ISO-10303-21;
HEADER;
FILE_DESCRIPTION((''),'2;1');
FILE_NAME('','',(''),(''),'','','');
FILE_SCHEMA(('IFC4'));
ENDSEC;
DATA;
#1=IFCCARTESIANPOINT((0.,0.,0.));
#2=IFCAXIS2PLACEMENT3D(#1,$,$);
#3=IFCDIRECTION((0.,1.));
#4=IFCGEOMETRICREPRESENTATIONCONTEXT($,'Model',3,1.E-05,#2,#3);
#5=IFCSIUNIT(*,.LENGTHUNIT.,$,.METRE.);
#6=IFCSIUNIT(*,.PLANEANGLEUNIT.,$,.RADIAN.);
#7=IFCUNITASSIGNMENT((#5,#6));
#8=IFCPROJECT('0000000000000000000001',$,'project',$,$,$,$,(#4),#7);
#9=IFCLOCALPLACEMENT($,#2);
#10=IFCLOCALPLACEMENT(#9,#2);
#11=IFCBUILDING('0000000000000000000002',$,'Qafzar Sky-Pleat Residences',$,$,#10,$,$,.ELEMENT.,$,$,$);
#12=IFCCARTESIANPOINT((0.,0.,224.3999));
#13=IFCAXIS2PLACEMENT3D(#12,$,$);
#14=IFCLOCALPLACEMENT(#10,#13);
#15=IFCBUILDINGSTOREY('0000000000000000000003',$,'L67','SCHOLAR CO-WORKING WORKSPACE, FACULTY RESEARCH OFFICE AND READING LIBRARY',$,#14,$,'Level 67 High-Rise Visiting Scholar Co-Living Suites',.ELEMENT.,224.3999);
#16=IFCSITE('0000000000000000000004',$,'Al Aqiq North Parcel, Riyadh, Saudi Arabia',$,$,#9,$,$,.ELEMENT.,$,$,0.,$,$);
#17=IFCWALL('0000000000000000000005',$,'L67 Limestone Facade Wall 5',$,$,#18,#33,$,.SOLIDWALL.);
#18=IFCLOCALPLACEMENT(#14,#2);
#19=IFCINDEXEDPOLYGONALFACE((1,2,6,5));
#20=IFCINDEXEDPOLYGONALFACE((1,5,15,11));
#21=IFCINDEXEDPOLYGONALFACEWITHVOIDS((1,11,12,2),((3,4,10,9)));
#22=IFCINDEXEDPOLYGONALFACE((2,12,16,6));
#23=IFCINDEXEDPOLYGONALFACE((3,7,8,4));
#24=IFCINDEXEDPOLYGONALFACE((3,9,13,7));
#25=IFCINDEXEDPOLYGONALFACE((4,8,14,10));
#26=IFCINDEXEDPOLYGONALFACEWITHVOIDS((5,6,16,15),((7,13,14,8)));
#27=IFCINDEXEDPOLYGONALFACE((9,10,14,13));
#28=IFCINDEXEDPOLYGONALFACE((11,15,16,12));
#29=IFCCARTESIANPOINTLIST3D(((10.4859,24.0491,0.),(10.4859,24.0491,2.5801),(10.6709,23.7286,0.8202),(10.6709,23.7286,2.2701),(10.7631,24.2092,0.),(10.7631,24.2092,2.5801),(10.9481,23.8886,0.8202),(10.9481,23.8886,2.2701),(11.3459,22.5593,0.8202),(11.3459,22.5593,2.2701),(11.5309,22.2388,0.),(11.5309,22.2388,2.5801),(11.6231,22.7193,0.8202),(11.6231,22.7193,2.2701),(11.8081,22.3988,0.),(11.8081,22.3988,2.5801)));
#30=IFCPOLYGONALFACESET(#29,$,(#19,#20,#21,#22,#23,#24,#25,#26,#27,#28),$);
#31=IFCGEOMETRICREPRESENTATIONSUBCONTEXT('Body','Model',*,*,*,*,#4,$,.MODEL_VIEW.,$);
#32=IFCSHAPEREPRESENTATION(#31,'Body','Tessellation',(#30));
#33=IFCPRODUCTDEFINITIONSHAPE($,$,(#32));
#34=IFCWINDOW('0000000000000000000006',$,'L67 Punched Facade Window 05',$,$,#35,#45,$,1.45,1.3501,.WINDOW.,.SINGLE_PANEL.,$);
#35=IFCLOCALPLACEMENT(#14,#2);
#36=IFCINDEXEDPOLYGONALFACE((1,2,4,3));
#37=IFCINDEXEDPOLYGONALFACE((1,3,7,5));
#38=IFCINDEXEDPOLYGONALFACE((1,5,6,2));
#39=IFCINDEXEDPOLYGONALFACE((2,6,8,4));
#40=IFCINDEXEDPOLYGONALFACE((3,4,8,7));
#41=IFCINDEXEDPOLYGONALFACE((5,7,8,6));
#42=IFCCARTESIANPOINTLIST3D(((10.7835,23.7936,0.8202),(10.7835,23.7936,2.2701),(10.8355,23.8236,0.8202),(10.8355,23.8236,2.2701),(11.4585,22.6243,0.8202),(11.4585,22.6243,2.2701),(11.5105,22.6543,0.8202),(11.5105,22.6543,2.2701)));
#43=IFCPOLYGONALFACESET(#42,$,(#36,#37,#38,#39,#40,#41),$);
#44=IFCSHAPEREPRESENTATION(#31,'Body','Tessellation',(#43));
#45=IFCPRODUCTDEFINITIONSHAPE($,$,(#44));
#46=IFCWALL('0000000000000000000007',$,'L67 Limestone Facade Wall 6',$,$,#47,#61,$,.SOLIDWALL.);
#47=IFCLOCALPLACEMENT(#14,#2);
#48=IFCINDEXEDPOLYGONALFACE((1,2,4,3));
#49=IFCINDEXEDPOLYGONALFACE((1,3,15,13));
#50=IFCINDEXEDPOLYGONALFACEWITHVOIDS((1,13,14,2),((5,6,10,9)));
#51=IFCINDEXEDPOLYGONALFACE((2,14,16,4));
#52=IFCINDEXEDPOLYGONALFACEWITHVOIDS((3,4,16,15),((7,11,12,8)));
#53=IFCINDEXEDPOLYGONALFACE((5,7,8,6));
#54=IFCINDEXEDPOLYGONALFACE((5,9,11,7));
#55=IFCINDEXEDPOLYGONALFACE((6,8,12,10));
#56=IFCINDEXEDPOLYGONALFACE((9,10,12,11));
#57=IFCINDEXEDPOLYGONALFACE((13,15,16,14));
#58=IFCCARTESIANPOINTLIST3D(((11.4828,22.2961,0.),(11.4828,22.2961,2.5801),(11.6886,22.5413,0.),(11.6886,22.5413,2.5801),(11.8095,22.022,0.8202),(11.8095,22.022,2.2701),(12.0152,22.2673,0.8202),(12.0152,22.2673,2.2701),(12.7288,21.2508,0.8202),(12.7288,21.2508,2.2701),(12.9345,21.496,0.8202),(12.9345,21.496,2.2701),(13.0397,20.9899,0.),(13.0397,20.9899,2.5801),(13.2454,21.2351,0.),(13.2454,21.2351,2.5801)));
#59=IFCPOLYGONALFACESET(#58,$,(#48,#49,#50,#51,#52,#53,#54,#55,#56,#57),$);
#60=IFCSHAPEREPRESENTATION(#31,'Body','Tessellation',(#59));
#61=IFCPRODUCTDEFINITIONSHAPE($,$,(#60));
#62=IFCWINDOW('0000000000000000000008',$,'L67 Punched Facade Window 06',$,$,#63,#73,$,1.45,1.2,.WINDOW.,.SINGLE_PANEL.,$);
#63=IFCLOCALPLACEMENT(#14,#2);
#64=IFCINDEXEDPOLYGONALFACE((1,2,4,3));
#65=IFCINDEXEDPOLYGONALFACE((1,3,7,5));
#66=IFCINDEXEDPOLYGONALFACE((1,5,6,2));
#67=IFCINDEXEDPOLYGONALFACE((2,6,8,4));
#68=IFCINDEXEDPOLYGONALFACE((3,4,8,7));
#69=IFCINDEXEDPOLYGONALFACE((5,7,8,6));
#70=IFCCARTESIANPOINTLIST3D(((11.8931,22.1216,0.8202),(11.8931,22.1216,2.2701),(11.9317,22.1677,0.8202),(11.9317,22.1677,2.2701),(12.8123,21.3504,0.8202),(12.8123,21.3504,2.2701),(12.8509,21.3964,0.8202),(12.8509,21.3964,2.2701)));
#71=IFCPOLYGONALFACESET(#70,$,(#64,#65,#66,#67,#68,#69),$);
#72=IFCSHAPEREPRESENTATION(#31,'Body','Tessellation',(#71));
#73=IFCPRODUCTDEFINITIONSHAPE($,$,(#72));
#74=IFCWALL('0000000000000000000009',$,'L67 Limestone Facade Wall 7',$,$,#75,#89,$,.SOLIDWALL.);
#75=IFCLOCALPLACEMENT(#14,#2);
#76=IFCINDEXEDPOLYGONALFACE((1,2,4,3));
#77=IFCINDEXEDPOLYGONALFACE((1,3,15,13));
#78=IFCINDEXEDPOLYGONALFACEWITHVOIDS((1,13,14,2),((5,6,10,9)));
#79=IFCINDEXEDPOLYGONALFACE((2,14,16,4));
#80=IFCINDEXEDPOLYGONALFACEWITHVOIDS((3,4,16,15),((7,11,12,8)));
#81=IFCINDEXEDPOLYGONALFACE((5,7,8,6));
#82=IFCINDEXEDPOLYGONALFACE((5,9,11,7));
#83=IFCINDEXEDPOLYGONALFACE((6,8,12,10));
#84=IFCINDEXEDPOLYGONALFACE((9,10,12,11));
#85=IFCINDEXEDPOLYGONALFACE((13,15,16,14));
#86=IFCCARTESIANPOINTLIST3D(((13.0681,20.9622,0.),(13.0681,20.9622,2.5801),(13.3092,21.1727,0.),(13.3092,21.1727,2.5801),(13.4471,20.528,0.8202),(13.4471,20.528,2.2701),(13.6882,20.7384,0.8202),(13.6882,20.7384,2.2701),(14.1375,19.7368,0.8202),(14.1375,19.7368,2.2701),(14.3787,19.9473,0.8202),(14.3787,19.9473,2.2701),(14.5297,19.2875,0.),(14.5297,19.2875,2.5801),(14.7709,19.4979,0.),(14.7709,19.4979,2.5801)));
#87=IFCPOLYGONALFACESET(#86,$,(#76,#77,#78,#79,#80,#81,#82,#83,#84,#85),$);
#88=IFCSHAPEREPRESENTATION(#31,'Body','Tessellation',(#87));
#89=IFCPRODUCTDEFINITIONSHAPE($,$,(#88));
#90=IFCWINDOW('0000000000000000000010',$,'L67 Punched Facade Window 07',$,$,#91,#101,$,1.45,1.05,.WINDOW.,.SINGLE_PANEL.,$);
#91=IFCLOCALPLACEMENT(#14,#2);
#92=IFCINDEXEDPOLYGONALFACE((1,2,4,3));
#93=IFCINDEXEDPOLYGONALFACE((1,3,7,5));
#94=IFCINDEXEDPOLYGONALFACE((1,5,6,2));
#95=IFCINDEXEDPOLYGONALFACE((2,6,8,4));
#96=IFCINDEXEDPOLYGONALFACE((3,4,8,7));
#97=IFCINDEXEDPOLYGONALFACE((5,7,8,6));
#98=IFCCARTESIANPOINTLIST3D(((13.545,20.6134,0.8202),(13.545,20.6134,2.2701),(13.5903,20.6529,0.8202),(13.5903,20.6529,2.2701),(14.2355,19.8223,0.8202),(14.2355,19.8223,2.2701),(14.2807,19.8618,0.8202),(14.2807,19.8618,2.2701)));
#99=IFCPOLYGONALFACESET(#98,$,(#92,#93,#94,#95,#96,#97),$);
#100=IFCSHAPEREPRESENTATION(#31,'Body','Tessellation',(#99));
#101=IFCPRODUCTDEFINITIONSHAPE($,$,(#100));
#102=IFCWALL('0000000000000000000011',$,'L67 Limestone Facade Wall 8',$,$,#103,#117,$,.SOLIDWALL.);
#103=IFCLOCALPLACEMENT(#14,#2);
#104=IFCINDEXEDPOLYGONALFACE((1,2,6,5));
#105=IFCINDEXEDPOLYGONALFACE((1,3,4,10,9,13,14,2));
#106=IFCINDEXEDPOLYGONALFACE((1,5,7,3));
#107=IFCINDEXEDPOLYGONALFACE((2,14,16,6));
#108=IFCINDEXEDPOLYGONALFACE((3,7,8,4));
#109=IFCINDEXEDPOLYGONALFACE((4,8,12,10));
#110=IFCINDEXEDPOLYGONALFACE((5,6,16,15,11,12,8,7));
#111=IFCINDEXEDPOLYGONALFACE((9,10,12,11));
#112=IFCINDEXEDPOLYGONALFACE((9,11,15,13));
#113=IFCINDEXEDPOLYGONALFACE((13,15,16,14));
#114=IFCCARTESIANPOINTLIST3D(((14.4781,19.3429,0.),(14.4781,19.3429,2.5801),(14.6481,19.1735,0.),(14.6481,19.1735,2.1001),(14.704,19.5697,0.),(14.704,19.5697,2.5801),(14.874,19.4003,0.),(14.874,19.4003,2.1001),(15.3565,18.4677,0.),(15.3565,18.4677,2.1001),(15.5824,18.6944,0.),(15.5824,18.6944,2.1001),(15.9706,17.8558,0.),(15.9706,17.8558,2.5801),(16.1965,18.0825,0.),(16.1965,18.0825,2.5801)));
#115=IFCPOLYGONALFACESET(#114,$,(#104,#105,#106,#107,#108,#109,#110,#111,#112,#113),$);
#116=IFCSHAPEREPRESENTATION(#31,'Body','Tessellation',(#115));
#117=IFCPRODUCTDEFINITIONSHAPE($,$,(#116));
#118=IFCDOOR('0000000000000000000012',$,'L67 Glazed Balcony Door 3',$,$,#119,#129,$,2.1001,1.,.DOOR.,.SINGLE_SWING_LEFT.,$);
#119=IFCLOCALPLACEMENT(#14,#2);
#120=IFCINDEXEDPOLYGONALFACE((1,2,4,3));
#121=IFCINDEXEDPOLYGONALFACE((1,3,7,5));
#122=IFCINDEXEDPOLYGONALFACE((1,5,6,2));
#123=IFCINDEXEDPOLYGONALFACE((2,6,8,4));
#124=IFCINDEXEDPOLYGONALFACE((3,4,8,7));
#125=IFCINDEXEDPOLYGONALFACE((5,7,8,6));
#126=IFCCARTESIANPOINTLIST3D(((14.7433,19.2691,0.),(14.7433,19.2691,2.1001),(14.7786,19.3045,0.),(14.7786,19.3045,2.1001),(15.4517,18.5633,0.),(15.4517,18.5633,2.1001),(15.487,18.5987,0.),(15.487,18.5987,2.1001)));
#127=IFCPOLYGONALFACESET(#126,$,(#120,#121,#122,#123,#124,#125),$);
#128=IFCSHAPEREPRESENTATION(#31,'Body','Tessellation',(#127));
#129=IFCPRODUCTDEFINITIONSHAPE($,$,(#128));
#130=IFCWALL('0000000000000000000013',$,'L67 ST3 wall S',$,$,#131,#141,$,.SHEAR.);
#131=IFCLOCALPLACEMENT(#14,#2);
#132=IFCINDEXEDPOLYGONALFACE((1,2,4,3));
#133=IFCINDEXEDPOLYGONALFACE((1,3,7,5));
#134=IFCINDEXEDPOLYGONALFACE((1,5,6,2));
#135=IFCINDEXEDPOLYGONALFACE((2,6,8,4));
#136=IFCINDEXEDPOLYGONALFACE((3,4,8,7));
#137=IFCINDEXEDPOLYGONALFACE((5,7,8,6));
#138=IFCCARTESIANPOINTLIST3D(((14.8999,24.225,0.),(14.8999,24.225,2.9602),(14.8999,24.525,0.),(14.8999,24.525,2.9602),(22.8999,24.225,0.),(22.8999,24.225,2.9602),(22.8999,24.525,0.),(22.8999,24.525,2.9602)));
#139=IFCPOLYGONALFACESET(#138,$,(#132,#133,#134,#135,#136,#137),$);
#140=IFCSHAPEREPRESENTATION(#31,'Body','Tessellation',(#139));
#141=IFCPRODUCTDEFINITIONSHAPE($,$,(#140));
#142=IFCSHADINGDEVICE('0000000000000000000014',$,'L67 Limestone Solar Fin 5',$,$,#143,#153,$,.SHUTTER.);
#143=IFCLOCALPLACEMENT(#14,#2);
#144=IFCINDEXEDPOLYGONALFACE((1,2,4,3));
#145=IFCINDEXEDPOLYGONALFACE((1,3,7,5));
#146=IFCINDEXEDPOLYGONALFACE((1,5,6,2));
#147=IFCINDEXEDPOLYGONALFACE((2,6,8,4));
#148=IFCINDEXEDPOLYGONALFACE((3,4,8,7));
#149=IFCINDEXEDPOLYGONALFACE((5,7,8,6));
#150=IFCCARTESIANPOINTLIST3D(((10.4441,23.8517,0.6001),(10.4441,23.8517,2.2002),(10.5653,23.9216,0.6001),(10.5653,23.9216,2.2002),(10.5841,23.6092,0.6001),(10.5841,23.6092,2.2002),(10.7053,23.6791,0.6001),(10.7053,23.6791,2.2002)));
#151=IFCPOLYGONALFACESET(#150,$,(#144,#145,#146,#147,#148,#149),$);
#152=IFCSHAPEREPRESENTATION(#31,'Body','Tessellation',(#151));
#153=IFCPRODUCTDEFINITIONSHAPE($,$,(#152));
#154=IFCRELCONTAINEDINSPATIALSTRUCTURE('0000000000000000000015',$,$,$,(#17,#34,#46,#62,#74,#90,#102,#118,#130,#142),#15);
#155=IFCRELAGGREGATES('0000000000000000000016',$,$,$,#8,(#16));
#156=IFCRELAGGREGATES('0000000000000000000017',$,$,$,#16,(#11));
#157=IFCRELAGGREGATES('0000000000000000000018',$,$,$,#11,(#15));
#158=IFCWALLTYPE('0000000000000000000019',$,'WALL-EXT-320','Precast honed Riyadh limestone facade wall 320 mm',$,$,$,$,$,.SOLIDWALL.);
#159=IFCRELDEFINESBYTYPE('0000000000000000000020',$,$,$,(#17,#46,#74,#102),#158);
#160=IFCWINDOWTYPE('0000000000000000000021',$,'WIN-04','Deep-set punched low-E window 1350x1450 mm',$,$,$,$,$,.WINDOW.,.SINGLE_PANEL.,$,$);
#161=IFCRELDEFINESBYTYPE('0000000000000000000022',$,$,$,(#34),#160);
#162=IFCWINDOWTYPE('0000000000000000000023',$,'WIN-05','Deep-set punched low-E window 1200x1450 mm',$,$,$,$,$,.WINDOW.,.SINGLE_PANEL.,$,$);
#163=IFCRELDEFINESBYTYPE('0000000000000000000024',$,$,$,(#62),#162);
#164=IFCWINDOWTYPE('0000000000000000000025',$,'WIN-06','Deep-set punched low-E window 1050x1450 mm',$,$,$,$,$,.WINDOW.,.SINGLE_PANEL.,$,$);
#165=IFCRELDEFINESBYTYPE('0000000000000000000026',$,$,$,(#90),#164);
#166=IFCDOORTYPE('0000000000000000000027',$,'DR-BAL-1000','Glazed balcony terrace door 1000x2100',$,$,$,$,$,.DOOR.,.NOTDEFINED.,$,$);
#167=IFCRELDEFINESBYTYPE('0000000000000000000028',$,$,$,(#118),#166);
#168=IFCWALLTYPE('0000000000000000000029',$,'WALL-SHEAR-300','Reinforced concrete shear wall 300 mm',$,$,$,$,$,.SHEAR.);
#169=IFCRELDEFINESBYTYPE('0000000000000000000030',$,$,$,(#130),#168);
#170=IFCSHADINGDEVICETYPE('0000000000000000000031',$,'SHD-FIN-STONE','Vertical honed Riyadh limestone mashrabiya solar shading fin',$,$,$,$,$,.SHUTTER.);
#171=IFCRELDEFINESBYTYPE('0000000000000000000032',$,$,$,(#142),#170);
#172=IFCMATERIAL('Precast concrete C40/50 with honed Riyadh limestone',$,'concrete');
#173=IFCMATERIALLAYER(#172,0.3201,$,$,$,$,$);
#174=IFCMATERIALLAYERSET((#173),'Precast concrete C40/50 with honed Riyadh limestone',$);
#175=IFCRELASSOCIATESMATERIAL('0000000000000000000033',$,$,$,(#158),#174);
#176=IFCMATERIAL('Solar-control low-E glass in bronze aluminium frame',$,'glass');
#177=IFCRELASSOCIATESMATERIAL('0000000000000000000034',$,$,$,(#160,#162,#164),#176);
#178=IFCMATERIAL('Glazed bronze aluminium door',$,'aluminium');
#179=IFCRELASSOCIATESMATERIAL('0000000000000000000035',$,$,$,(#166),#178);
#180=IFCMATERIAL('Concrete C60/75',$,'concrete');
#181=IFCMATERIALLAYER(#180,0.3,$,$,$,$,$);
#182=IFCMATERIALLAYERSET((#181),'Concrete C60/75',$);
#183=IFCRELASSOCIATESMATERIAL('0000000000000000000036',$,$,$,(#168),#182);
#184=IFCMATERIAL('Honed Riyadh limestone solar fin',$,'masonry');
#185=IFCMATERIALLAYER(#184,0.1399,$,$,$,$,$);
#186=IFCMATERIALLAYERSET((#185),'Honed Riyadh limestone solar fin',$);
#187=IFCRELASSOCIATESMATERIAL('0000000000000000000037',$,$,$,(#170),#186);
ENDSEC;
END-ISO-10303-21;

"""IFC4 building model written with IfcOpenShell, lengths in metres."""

from ifc_helpers import new_model, si_unit, direction, frame, frame_2d, origin, origin_2d, place, context, subcontext, project, spatial, rectangle, extrude, source, transform, mapped, material, layer, layer_set, type_object, element, fill, save


model = new_model("IFC4")

# Units and contexts
model_context = context("Model", 3, precision=1e-05, world=origin(), true_north=direction((0.0, 1.0)))
body_context = subcontext(model_context, "Body", "Model", "MODEL_VIEW")
ifc_project = project(units=[si_unit("LENGTHUNIT", "METRE"), si_unit("PLANEANGLEUNIT", "RADIAN")], contexts=[model_context])

# Site, building, storey
site_placement = place(None, origin())
site = spatial("IfcSite", under=ifc_project, at=site_placement, Name="Al Aqiq North Parcel, Riyadh, Saudi Arabia", CompositionType="ELEMENT", RefElevation=0.0)
building_placement = place(site_placement, origin())
building = spatial("IfcBuilding", under=site, at=building_placement, Name="Qafzar Sky-Pleat Residences", CompositionType="ELEMENT")
storey_placement = place(building_placement, frame((0.0, 0.0, 224.3999)))
storey = spatial("IfcBuildingStorey", under=building, at=storey_placement, Name="L67", Description="SCHOLAR CO-WORKING WORKSPACE, FACULTY RESEARCH OFFICE AND READING LIBRARY", LongName="Level 67 High-Rise Visiting Scholar Co-Living Suites", CompositionType="ELEMENT", Elevation=224.3999)

# Walls, openings, windows
ifc_material_1 = material(Name="Precast concrete C40/50 with honed Riyadh limestone", Category="concrete")
ifc_layer_1 = layer(ifc_material_1, 0.3201)
ifc_layer_set_1 = layer_set([ifc_layer_1], Name="Precast concrete C40/50 with honed Riyadh limestone")
wall_type_1 = type_object("IfcWallType", Name="WALL-EXT-320", Description="Precast honed Riyadh limestone facade wall 320 mm", PredefinedType="SOLIDWALL", material=ifc_layer_set_1)
wall_1_placement = place(storey_placement, frame((10.6245, 24.1292, 0.0), z_axis=(0.0, 0.0, 1.0), x_axis=(0.499908, -0.866079, 0.0)))
wall_1 = element("IfcWall", 1, at=wall_1_placement, inside=storey, type_object=wall_type_1, Name="L67 Limestone Facade Wall 5", PredefinedType="SOLIDWALL", context=body_context, shape_type="SweptSolid", body=[
    extrude(rectangle(XDim=2.0903, YDim=0.3201, at=frame_2d((1.0452, 0.0))), origin(), (0.0, 0.0, 1.0), 2.5801),
])
opening_1_placement = place(wall_1_placement, frame((0.3701, 0.0, 0.8201)))
opening_1 = element("IfcOpeningElement", 2, at=opening_1_placement, cuts=wall_1, PredefinedType="OPENING", context=body_context, shape_type="SweptSolid", body=[
    extrude(rectangle(XDim=1.3501, YDim=1.45, at=frame_2d((0.675, 0.7251))), frame((0.0, 0.1699, 0.0), z_axis=(0.0, -1.0, 0.0), x_axis=(1.0, 0.0, 0.0)), (0.0, 0.0, 1.0), 0.3401),
])
ifc_material_2 = material(Name="Solar-control low-E glass in bronze aluminium frame", Category="glass")
window_type_1 = type_object("IfcWindowType", Name="WIN-04", Description="Deep-set punched low-E window 1350x1450 mm", PartitioningType="SINGLE_PANEL", PredefinedType="WINDOW", material=ifc_material_2)
shared_shape_1 = source(origin(), body_context, "Body", "SweptSolid", [
    extrude(rectangle(XDim=1.3501, YDim=1.45, at=frame_2d((0.675, 0.7251))), frame((0.0, 0.03, 0.0), z_axis=(0.0, -1.0, 0.0), x_axis=(1.0, 0.0, 0.0)), (0.0, 0.0, 1.0), 0.0601),
])
window_1_placement = place(opening_1_placement, origin())
window_1 = element("IfcWindow", 3, at=window_1_placement, inside=storey, type_object=window_type_1, Name="L67 Punched Facade Window 05", OverallHeight=1.45, OverallWidth=1.3501, PartitioningType="SINGLE_PANEL", PredefinedType="WINDOW", context=body_context, shape_type="MappedRepresentation", body=[
    mapped(shared_shape_1, transform((0.0, 0.0, 0.0), x_axis=(1.0, 0.0, 0.0), y_axis=(0.0, 1.0, 0.0), z_axis=(0.0, 0.0, 1.0), scale=1.0)),
])
fill(opening_1, window_1)
wall_2_placement = place(storey_placement, frame((11.5857, 22.4187, 0.0), z_axis=(0.0, 0.0, 1.0), x_axis=(0.7661, -0.642721, 0.0)))
wall_2 = element("IfcWall", 4, at=wall_2_placement, inside=storey, type_object=wall_type_1, Name="L67 Limestone Facade Wall 6", PredefinedType="SOLIDWALL", context=body_context, shape_type="SweptSolid", body=[
    extrude(rectangle(XDim=2.0322, YDim=0.3201, at=frame_2d((1.0161, 0.0))), origin(), (0.0, 0.0, 1.0), 2.5801),
])
opening_2_placement = place(wall_2_placement, frame((0.4263, 0.0, 0.8201)))
opening_2 = element("IfcOpeningElement", 5, at=opening_2_placement, cuts=wall_2, PredefinedType="OPENING", context=body_context, shape_type="SweptSolid", body=[
    extrude(rectangle(XDim=1.2, YDim=1.45, at=frame_2d((0.6001, 0.7251))), frame((0.0, 0.1699, 0.0), z_axis=(0.0, -1.0, 0.0), x_axis=(1.0, 0.0, 0.0)), (0.0, 0.0, 1.0), 0.3401),
])
window_type_2 = type_object("IfcWindowType", Name="WIN-05", Description="Deep-set punched low-E window 1200x1450 mm", PartitioningType="SINGLE_PANEL", PredefinedType="WINDOW", material=ifc_material_2)
shared_shape_2 = source(origin(), body_context, "Body", "SweptSolid", [
    extrude(rectangle(XDim=1.2, YDim=1.45, at=frame_2d((0.6001, 0.7251))), frame((0.0, 0.03, 0.0), z_axis=(0.0, -1.0, 0.0), x_axis=(1.0, 0.0, 0.0)), (0.0, 0.0, 1.0), 0.0601),
])
window_2_placement = place(opening_2_placement, origin())
window_2 = element("IfcWindow", 6, at=window_2_placement, inside=storey, type_object=window_type_2, Name="L67 Punched Facade Window 06", OverallHeight=1.45, OverallWidth=1.2, PartitioningType="SINGLE_PANEL", PredefinedType="WINDOW", context=body_context, shape_type="MappedRepresentation", body=[
    mapped(shared_shape_2, transform((0.0, 0.0, 0.0), x_axis=(1.0, 0.0, 0.0), y_axis=(0.0, 1.0, 0.0), z_axis=(0.0, 0.0, 1.0), scale=1.0)),
])
fill(opening_2, window_2)
wall_3_placement = place(storey_placement, frame((13.1887, 21.0674, 0.0), z_axis=(0.0, 0.0, 1.0), x_axis=(0.65754, -0.75342, 0.0)))
wall_3 = element("IfcWall", 7, at=wall_3_placement, inside=storey, type_object=wall_type_1, Name="L67 Limestone Facade Wall 7", PredefinedType="SOLIDWALL", context=body_context, shape_type="SweptSolid", body=[
    extrude(rectangle(XDim=2.2229, YDim=0.3201, at=frame_2d((1.1113, 0.0))), origin(), (0.0, 0.0, 1.0), 2.5801),
])
opening_3_placement = place(wall_3_placement, frame((0.5764, 0.0, 0.8201)))
opening_3 = element("IfcOpeningElement", 8, at=opening_3_placement, cuts=wall_3, PredefinedType="OPENING", context=body_context, shape_type="SweptSolid", body=[
    extrude(rectangle(XDim=1.05, YDim=1.45, at=frame_2d((0.5249, 0.7251))), frame((0.0, 0.1699, 0.0), z_axis=(0.0, -1.0, 0.0), x_axis=(1.0, 0.0, 0.0)), (0.0, 0.0, 1.0), 0.3401),
])
window_type_3 = type_object("IfcWindowType", Name="WIN-06", Description="Deep-set punched low-E window 1050x1450 mm", PartitioningType="SINGLE_PANEL", PredefinedType="WINDOW", material=ifc_material_2)
shared_shape_3 = source(origin(), body_context, "Body", "SweptSolid", [
    extrude(rectangle(XDim=1.05, YDim=1.45, at=frame_2d((0.5249, 0.7251))), frame((0.0, 0.03, 0.0), z_axis=(0.0, -1.0, 0.0), x_axis=(1.0, 0.0, 0.0)), (0.0, 0.0, 1.0), 0.0601),
])
window_3_placement = place(opening_3_placement, origin())
window_3 = element("IfcWindow", 9, at=window_3_placement, inside=storey, type_object=window_type_3, Name="L67 Punched Facade Window 07", OverallHeight=1.45, OverallWidth=1.05, PartitioningType="SINGLE_PANEL", PredefinedType="WINDOW", context=body_context, shape_type="MappedRepresentation", body=[
    mapped(shared_shape_3, transform((0.0, 0.0, 0.0), x_axis=(1.0, 0.0, 0.0), y_axis=(0.0, 1.0, 0.0), z_axis=(0.0, 0.0, 1.0), scale=1.0)),
])
fill(opening_3, window_3)

# Wall, opening, door
wall_4_placement = place(storey_placement, frame((14.5911, 19.4563, 0.0), z_axis=(0.0, 0.0, 1.0), x_axis=(0.70838, -0.705831, 0.0)))
wall_4 = element("IfcWall", 10, at=wall_4_placement, inside=storey, type_object=wall_type_1, Name="L67 Limestone Facade Wall 8", PredefinedType="SOLIDWALL", context=body_context, shape_type="SweptSolid", body=[
    extrude(rectangle(XDim=2.1069, YDim=0.3201, at=frame_2d((1.0535, 0.0))), origin(), (0.0, 0.0, 1.0), 2.5801),
])
opening_4_placement = place(wall_4_placement, frame((0.24, 0.0, 0.0)))
opening_4 = element("IfcOpeningElement", 11, at=opening_4_placement, cuts=wall_4, PredefinedType="OPENING", context=body_context, shape_type="SweptSolid", body=[
    extrude(rectangle(XDim=1.0, YDim=2.1001, at=frame_2d((0.5, 1.05))), frame((0.0, 0.1699, 0.0), z_axis=(0.0, -1.0, 0.0), x_axis=(1.0, 0.0, 0.0)), (0.0, 0.0, 1.0), 0.3401),
])
ifc_material_3 = material(Name="Glazed bronze aluminium door", Category="aluminium")
door_type = type_object("IfcDoorType", Name="DR-BAL-1000", Description="Glazed balcony terrace door 1000x2100", OperationType="NOTDEFINED", PredefinedType="DOOR", material=ifc_material_3)
shared_shape_4 = source(origin(), body_context, "Body", "SweptSolid", [
    extrude(rectangle(XDim=1.0, YDim=2.1001, at=frame_2d((0.5, 1.05))), frame((0.0, 0.0249, 0.0), z_axis=(0.0, -1.0, 0.0), x_axis=(1.0, 0.0, 0.0)), (0.0, 0.0, 1.0), 0.05),
])
door_placement = place(opening_4_placement, origin())
door = element("IfcDoor", 12, at=door_placement, inside=storey, type_object=door_type, Name="L67 Glazed Balcony Door 3", OperationType="SINGLE_SWING_LEFT", OverallHeight=2.1001, OverallWidth=1.0, PredefinedType="DOOR", context=body_context, shape_type="MappedRepresentation", body=[
    mapped(shared_shape_4, transform((0.0, 0.0, 0.0), x_axis=(1.0, 0.0, 0.0), y_axis=(0.0, 1.0, 0.0), z_axis=(0.0, 0.0, 1.0), scale=1.0)),
])
fill(opening_4, door)

# Wall
ifc_material_4 = material(Name="Concrete C60/75", Category="concrete")
ifc_layer_2 = layer(ifc_material_4, 0.3)
ifc_layer_set_2 = layer_set([ifc_layer_2], Name="Concrete C60/75")
wall_type_2 = type_object("IfcWallType", Name="WALL-SHEAR-300", Description="Reinforced concrete shear wall 300 mm", PredefinedType="SHEAR", material=ifc_layer_set_2)
wall_5_placement = place(storey_placement, frame((14.8999, 24.375, 0.0), z_axis=(0.0, 0.0, 1.0), x_axis=(1.0, 0.0, 0.0)))
element("IfcWall", 13, at=wall_5_placement, inside=storey, type_object=wall_type_2, Name="L67 ST3 wall S", PredefinedType="SHEAR", context=body_context, shape_type="SweptSolid", body=[
    extrude(rectangle(XDim=8.0, YDim=0.3, at=frame_2d((4.0, 0.0))), origin(), (0.0, 0.0, 1.0), 2.9602),
])

# Shading device
ifc_material_5 = material(Name="Honed Riyadh limestone solar fin", Category="masonry")
ifc_layer_3 = layer(ifc_material_5, 0.1399)
ifc_layer_set_3 = layer_set([ifc_layer_3], Name="Honed Riyadh limestone solar fin")
shading_device_type = type_object("IfcShadingDeviceType", Name="SHD-FIN-STONE", Description="Vertical honed Riyadh limestone mashrabiya solar shading fin", PredefinedType="SHUTTER", material=ifc_layer_set_3)
shared_shape_5 = source(origin(), body_context, "Body", "SweptSolid", [
    extrude(rectangle(XDim=0.1399, YDim=0.28, at=origin_2d()), origin(), (0.0, 0.0, 1.0), 1.6001),
])
shading_device_placement = place(storey_placement, frame((10.5747, 23.7654, 0.6001), z_axis=(0.0, 0.0, 1.0), x_axis=(-0.866044, -0.499967, 0.0)))
element("IfcShadingDevice", 14, at=shading_device_placement, inside=storey, type_object=shading_device_type, Name="L67 Limestone Solar Fin 5", PredefinedType="SHUTTER", context=body_context, shape_type="MappedRepresentation", body=[
    mapped(shared_shape_5, transform((0.0, 0.0, 0.0), x_axis=(1.0, 0.0, 0.0), y_axis=(0.0, 1.0, 0.0), z_axis=(0.0, 0.0, 1.0), scale=1.0)),
])

save(model, "model.ifc")
